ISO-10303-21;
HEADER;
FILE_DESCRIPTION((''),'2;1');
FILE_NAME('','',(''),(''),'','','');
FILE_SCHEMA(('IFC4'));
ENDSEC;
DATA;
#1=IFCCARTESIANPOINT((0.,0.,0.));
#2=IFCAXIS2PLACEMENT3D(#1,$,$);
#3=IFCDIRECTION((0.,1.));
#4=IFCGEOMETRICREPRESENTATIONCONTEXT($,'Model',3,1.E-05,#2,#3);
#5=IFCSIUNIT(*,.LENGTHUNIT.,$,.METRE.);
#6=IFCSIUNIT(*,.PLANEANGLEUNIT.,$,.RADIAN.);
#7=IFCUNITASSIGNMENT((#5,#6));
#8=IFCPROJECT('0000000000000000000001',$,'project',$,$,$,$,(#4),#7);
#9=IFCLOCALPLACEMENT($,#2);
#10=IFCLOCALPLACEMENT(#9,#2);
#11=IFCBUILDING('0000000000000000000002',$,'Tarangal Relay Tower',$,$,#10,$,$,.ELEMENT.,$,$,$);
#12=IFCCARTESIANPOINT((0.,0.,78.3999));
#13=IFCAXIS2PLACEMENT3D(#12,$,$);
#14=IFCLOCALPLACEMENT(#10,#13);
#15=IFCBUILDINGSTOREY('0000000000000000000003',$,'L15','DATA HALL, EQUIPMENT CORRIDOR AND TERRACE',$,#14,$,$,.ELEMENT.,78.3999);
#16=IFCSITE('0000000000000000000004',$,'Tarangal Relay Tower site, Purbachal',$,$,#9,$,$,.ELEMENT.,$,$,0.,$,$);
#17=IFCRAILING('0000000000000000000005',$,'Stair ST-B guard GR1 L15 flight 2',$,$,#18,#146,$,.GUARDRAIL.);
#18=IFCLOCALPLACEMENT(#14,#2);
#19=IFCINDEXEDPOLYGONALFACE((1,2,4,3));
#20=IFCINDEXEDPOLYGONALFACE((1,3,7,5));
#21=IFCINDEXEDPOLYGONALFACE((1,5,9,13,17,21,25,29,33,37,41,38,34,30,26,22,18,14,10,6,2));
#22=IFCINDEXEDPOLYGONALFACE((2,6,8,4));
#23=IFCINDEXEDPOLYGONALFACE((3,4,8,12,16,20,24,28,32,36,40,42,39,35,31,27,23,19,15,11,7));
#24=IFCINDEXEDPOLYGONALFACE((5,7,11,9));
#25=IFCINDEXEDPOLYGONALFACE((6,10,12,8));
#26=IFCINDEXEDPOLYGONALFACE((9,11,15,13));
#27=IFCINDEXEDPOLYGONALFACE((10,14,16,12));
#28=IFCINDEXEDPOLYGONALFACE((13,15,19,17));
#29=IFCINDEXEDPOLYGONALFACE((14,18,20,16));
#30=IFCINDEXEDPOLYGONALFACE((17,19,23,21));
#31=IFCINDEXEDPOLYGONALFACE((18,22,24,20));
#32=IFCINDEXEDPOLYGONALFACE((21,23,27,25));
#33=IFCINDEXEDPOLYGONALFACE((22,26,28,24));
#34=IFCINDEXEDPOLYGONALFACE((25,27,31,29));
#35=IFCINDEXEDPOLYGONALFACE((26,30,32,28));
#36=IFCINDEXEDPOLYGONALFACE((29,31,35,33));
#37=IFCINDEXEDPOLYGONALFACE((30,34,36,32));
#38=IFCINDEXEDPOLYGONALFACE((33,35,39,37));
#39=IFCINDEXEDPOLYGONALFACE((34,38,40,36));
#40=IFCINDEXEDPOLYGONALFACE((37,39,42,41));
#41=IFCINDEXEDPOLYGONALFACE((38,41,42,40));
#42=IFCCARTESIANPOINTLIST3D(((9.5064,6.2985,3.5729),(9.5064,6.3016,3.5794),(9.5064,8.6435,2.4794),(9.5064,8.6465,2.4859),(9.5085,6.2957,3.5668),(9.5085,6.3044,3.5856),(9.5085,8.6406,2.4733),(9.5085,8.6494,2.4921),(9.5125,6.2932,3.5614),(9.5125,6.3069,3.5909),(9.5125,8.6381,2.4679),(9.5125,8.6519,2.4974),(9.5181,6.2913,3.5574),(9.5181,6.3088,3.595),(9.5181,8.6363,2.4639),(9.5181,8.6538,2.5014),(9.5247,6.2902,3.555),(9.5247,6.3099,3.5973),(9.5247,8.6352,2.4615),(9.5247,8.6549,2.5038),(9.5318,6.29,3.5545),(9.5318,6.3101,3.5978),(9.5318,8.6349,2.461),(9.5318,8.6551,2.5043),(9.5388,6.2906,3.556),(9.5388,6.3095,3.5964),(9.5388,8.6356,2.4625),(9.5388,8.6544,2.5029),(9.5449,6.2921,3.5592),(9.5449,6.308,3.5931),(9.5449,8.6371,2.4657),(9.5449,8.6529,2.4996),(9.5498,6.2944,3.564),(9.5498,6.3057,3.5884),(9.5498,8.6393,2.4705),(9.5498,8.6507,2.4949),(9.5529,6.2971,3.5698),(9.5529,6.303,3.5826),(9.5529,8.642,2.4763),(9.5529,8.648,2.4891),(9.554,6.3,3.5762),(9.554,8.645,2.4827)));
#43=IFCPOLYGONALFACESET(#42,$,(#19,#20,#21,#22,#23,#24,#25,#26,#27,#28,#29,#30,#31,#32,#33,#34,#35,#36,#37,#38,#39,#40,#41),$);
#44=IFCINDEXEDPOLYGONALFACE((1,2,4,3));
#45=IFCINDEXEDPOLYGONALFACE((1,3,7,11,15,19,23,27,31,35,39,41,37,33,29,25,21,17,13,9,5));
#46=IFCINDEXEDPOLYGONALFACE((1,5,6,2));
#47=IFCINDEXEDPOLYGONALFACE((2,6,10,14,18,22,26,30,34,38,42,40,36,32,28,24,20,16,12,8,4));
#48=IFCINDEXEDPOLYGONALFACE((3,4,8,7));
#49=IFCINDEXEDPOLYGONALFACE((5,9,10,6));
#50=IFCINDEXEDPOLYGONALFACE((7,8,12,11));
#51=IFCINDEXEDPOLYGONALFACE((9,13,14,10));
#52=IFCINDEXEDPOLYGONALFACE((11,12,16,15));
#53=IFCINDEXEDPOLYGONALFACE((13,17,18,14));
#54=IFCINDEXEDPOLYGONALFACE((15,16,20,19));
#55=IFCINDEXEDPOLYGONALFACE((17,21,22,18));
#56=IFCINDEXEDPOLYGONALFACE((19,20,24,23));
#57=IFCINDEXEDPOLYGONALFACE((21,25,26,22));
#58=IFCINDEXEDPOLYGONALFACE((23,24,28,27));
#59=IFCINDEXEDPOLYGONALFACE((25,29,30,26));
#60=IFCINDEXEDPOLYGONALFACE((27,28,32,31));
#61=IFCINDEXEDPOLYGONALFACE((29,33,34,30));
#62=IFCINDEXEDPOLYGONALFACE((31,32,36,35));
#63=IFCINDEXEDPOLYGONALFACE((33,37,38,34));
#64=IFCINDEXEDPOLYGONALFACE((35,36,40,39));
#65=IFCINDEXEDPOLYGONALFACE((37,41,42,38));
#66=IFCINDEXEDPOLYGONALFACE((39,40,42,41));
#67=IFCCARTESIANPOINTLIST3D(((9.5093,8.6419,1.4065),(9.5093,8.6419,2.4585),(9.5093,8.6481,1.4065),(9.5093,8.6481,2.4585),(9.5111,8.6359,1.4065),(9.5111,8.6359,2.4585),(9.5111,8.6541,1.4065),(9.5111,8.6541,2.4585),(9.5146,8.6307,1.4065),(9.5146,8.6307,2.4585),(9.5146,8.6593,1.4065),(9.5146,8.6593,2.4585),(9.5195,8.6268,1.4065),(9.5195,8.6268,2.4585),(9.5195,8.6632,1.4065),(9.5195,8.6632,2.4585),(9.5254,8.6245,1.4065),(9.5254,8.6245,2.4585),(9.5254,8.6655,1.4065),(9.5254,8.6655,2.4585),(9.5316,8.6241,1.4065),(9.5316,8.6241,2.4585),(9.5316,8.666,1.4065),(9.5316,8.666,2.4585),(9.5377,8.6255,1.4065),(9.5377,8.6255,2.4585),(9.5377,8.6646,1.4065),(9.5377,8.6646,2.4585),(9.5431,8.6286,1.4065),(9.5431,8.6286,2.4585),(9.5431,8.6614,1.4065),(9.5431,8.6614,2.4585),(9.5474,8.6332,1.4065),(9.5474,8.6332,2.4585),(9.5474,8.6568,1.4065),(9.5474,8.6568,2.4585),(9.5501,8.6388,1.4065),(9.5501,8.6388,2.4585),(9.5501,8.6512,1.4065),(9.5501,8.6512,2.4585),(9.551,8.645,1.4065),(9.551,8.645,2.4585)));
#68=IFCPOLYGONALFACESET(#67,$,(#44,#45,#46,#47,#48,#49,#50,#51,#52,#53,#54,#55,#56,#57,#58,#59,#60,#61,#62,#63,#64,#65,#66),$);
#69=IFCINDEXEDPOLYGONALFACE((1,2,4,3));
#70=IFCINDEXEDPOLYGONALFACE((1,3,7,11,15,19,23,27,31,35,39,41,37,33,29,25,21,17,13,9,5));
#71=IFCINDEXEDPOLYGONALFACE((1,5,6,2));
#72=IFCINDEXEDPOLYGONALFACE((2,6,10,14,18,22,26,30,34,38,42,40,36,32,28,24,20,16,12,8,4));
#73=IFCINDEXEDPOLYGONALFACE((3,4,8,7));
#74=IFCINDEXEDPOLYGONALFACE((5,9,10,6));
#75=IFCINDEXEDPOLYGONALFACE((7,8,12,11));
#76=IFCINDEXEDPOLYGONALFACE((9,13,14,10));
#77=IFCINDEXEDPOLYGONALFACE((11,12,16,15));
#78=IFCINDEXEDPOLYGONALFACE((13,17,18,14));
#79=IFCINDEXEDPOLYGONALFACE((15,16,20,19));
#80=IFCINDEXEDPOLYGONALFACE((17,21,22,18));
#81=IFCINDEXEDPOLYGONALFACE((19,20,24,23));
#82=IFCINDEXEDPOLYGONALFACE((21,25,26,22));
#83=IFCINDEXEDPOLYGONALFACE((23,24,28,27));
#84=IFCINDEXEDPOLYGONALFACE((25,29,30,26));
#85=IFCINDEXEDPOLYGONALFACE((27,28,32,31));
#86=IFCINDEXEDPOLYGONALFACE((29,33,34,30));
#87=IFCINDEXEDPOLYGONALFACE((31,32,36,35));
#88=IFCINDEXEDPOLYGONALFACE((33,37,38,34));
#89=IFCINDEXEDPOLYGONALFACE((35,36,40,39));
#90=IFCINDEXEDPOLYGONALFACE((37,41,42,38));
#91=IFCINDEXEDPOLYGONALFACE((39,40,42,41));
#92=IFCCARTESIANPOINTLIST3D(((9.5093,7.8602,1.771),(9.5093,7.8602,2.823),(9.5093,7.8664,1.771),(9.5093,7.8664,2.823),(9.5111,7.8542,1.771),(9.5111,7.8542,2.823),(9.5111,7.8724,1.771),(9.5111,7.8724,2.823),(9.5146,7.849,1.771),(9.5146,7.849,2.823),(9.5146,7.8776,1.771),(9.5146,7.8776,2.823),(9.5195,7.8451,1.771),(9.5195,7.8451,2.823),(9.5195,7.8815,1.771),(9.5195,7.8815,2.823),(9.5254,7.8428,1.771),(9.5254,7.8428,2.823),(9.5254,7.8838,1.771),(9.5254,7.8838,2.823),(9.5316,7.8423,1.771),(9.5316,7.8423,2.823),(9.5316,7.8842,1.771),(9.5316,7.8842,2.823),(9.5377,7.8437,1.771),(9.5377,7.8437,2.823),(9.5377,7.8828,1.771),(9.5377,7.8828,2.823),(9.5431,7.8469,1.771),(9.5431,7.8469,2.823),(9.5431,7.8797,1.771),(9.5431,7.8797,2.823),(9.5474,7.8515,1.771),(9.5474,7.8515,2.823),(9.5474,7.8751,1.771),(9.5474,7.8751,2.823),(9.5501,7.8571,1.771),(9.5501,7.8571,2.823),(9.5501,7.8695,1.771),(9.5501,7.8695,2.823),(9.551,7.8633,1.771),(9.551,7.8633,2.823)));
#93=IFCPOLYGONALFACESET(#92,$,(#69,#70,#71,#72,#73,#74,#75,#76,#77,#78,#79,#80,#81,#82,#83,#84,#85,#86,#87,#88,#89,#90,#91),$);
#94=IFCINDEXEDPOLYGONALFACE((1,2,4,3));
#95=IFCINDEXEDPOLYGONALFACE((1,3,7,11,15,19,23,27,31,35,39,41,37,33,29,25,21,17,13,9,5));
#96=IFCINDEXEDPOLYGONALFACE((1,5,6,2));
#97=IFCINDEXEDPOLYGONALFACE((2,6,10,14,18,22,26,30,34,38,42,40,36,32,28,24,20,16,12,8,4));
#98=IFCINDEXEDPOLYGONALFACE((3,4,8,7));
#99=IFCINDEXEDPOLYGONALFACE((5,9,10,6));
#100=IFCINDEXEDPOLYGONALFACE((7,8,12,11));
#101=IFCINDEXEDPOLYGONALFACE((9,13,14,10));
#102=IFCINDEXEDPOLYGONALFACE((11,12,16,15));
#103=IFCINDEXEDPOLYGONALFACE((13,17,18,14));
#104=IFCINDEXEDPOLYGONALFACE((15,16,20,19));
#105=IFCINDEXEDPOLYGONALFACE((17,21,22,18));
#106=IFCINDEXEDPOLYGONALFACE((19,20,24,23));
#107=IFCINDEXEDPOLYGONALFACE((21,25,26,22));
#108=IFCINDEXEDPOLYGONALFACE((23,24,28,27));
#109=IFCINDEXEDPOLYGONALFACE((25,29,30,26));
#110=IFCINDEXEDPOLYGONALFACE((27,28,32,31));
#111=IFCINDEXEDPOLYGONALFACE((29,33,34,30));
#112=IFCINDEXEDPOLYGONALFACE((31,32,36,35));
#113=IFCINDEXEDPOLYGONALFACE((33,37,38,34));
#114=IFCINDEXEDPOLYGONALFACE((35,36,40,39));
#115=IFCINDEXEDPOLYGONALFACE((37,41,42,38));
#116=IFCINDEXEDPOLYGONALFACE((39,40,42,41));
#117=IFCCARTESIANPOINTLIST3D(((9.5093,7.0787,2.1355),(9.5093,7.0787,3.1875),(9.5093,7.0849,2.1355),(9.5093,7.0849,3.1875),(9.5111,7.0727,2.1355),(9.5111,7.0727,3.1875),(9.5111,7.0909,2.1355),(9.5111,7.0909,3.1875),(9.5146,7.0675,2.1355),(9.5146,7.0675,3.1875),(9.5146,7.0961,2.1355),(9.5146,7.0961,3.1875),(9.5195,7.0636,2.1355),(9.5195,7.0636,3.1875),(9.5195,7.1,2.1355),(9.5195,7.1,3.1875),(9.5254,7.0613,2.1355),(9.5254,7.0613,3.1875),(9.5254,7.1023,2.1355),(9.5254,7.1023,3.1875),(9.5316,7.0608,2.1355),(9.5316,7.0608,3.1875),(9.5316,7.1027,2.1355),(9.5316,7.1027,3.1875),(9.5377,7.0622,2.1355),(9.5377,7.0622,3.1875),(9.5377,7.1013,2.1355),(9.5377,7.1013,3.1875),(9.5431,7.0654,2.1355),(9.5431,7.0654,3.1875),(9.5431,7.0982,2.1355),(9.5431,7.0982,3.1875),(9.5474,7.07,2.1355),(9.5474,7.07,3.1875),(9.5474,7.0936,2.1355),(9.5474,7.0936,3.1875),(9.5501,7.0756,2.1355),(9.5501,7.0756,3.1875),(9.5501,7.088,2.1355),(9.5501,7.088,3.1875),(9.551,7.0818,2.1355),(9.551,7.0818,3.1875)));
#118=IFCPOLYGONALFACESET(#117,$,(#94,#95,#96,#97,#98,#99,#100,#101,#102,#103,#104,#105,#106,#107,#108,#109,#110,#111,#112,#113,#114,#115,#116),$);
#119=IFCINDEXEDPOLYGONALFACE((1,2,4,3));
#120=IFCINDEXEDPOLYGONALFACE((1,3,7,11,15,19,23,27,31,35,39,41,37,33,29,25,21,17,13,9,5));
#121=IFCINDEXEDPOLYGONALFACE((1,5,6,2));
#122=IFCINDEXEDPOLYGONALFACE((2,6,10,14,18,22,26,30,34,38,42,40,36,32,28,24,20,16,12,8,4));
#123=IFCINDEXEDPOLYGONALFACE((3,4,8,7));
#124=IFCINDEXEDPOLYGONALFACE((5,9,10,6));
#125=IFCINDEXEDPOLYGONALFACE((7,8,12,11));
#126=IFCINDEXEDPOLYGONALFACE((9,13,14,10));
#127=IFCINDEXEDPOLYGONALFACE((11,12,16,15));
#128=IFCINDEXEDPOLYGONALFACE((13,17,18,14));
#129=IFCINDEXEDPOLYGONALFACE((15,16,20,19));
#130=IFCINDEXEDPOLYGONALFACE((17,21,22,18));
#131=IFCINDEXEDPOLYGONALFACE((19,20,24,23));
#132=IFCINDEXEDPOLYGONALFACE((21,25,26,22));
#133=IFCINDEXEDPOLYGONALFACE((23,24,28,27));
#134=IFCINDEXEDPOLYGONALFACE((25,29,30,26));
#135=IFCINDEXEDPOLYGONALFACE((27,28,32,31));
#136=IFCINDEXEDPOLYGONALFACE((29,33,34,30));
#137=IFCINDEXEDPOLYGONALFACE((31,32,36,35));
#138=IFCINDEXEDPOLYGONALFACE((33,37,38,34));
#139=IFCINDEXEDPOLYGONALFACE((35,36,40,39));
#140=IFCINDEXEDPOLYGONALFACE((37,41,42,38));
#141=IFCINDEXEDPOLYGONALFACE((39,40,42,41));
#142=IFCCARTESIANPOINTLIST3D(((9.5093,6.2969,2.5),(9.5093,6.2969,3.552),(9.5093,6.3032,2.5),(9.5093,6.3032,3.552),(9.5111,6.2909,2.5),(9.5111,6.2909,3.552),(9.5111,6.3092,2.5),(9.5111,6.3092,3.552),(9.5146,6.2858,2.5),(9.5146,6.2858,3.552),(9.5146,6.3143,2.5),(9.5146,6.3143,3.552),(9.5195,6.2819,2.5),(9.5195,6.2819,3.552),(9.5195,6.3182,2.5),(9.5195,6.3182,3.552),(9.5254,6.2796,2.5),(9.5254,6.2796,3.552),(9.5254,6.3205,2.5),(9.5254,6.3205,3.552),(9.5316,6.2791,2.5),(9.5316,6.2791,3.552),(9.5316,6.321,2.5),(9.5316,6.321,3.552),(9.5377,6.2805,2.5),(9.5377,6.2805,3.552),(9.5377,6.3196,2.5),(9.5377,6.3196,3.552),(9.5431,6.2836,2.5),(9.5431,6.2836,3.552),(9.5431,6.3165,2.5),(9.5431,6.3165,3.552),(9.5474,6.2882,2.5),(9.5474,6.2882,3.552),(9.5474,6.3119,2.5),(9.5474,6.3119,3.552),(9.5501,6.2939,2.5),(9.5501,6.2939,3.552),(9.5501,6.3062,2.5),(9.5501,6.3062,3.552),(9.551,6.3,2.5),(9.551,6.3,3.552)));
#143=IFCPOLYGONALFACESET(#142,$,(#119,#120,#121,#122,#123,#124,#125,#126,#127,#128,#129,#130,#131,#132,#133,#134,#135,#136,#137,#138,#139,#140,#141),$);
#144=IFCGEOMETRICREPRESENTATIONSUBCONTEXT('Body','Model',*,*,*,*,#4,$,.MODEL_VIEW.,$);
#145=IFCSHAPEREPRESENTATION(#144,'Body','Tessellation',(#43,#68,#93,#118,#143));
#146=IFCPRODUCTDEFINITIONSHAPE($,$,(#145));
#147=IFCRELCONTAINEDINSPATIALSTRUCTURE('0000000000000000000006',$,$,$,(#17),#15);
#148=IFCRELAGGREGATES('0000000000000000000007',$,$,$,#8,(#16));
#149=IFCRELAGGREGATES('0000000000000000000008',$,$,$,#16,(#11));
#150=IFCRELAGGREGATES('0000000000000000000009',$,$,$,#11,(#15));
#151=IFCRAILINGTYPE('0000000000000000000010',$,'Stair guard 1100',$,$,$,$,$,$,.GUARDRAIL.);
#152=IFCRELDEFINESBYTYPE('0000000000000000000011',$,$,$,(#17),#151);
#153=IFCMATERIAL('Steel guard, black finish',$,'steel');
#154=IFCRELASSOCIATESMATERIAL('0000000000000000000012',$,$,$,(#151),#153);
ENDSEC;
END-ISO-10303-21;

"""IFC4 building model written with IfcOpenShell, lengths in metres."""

from ifc_helpers import new_model, si_unit, direction, frame, origin, origin_2d, place, context, subcontext, project, spatial, circle, extrude, material, type_object, element, save


model = new_model("IFC4")

# Units and contexts
model_context = context("Model", 3, precision=1e-05, world=origin(), true_north=direction((0.0, 1.0)))
body_context = subcontext(model_context, "Body", "Model", "MODEL_VIEW")
ifc_project = project(units=[si_unit("LENGTHUNIT", "METRE"), si_unit("PLANEANGLEUNIT", "RADIAN")], contexts=[model_context])

# Site, building, storey
site_placement = place(None, origin())
site = spatial("IfcSite", under=ifc_project, at=site_placement, Name="Tarangal Relay Tower site, Purbachal", CompositionType="ELEMENT", RefElevation=0.0)
building_placement = place(site_placement, origin())
building = spatial("IfcBuilding", under=site, at=building_placement, Name="Tarangal Relay Tower", CompositionType="ELEMENT")
storey_placement = place(building_placement, frame((0.0, 0.0, 78.3999)))
storey = spatial("IfcBuildingStorey", under=building, at=storey_placement, Name="L15", Description="DATA HALL, EQUIPMENT CORRIDOR AND TERRACE", CompositionType="ELEMENT", Elevation=78.3999)

# Railing
ifc_material_1 = material(Name="Steel guard, black finish", Category="steel")
railing_type_1 = type_object("IfcRailingType", Name="Stair guard 1100", PredefinedType="GUARDRAIL", material=ifc_material_1)
railing_1_placement = place(storey_placement, frame((9.53, 8.645, 1.4065)))
element("IfcRailing", 1, at=railing_1_placement, inside=storey, type_object=railing_type_1, Name="Stair ST-B guard GR1 L15 flight 2", PredefinedType="GUARDRAIL", context=body_context, shape_type="SweptSolid", body=[
    extrude(circle(Radius=0.0239, at=origin_2d()), frame((0.0, 0.0, 1.0762), z_axis=(0.0, -0.906304, 0.422627), x_axis=(1.0, 0.0, 0.0)), (0.0, 0.0, 1.0), 2.5874),
    extrude(circle(Radius=0.021, at=origin_2d()), origin(), (0.0, 0.0, 1.0), 1.052),
    extrude(circle(Radius=0.021, at=origin_2d()), frame((0.0, -0.7817, 0.3645)), (0.0, 0.0, 1.0), 1.052),
    extrude(circle(Radius=0.021, at=origin_2d()), frame((0.0, -1.5632, 0.729)), (0.0, 0.0, 1.0), 1.052),
    extrude(circle(Radius=0.021, at=origin_2d()), frame((0.0, -2.345, 1.0935)), (0.0, 0.0, 1.0), 1.052),
])

save(model, "model.ifc")
